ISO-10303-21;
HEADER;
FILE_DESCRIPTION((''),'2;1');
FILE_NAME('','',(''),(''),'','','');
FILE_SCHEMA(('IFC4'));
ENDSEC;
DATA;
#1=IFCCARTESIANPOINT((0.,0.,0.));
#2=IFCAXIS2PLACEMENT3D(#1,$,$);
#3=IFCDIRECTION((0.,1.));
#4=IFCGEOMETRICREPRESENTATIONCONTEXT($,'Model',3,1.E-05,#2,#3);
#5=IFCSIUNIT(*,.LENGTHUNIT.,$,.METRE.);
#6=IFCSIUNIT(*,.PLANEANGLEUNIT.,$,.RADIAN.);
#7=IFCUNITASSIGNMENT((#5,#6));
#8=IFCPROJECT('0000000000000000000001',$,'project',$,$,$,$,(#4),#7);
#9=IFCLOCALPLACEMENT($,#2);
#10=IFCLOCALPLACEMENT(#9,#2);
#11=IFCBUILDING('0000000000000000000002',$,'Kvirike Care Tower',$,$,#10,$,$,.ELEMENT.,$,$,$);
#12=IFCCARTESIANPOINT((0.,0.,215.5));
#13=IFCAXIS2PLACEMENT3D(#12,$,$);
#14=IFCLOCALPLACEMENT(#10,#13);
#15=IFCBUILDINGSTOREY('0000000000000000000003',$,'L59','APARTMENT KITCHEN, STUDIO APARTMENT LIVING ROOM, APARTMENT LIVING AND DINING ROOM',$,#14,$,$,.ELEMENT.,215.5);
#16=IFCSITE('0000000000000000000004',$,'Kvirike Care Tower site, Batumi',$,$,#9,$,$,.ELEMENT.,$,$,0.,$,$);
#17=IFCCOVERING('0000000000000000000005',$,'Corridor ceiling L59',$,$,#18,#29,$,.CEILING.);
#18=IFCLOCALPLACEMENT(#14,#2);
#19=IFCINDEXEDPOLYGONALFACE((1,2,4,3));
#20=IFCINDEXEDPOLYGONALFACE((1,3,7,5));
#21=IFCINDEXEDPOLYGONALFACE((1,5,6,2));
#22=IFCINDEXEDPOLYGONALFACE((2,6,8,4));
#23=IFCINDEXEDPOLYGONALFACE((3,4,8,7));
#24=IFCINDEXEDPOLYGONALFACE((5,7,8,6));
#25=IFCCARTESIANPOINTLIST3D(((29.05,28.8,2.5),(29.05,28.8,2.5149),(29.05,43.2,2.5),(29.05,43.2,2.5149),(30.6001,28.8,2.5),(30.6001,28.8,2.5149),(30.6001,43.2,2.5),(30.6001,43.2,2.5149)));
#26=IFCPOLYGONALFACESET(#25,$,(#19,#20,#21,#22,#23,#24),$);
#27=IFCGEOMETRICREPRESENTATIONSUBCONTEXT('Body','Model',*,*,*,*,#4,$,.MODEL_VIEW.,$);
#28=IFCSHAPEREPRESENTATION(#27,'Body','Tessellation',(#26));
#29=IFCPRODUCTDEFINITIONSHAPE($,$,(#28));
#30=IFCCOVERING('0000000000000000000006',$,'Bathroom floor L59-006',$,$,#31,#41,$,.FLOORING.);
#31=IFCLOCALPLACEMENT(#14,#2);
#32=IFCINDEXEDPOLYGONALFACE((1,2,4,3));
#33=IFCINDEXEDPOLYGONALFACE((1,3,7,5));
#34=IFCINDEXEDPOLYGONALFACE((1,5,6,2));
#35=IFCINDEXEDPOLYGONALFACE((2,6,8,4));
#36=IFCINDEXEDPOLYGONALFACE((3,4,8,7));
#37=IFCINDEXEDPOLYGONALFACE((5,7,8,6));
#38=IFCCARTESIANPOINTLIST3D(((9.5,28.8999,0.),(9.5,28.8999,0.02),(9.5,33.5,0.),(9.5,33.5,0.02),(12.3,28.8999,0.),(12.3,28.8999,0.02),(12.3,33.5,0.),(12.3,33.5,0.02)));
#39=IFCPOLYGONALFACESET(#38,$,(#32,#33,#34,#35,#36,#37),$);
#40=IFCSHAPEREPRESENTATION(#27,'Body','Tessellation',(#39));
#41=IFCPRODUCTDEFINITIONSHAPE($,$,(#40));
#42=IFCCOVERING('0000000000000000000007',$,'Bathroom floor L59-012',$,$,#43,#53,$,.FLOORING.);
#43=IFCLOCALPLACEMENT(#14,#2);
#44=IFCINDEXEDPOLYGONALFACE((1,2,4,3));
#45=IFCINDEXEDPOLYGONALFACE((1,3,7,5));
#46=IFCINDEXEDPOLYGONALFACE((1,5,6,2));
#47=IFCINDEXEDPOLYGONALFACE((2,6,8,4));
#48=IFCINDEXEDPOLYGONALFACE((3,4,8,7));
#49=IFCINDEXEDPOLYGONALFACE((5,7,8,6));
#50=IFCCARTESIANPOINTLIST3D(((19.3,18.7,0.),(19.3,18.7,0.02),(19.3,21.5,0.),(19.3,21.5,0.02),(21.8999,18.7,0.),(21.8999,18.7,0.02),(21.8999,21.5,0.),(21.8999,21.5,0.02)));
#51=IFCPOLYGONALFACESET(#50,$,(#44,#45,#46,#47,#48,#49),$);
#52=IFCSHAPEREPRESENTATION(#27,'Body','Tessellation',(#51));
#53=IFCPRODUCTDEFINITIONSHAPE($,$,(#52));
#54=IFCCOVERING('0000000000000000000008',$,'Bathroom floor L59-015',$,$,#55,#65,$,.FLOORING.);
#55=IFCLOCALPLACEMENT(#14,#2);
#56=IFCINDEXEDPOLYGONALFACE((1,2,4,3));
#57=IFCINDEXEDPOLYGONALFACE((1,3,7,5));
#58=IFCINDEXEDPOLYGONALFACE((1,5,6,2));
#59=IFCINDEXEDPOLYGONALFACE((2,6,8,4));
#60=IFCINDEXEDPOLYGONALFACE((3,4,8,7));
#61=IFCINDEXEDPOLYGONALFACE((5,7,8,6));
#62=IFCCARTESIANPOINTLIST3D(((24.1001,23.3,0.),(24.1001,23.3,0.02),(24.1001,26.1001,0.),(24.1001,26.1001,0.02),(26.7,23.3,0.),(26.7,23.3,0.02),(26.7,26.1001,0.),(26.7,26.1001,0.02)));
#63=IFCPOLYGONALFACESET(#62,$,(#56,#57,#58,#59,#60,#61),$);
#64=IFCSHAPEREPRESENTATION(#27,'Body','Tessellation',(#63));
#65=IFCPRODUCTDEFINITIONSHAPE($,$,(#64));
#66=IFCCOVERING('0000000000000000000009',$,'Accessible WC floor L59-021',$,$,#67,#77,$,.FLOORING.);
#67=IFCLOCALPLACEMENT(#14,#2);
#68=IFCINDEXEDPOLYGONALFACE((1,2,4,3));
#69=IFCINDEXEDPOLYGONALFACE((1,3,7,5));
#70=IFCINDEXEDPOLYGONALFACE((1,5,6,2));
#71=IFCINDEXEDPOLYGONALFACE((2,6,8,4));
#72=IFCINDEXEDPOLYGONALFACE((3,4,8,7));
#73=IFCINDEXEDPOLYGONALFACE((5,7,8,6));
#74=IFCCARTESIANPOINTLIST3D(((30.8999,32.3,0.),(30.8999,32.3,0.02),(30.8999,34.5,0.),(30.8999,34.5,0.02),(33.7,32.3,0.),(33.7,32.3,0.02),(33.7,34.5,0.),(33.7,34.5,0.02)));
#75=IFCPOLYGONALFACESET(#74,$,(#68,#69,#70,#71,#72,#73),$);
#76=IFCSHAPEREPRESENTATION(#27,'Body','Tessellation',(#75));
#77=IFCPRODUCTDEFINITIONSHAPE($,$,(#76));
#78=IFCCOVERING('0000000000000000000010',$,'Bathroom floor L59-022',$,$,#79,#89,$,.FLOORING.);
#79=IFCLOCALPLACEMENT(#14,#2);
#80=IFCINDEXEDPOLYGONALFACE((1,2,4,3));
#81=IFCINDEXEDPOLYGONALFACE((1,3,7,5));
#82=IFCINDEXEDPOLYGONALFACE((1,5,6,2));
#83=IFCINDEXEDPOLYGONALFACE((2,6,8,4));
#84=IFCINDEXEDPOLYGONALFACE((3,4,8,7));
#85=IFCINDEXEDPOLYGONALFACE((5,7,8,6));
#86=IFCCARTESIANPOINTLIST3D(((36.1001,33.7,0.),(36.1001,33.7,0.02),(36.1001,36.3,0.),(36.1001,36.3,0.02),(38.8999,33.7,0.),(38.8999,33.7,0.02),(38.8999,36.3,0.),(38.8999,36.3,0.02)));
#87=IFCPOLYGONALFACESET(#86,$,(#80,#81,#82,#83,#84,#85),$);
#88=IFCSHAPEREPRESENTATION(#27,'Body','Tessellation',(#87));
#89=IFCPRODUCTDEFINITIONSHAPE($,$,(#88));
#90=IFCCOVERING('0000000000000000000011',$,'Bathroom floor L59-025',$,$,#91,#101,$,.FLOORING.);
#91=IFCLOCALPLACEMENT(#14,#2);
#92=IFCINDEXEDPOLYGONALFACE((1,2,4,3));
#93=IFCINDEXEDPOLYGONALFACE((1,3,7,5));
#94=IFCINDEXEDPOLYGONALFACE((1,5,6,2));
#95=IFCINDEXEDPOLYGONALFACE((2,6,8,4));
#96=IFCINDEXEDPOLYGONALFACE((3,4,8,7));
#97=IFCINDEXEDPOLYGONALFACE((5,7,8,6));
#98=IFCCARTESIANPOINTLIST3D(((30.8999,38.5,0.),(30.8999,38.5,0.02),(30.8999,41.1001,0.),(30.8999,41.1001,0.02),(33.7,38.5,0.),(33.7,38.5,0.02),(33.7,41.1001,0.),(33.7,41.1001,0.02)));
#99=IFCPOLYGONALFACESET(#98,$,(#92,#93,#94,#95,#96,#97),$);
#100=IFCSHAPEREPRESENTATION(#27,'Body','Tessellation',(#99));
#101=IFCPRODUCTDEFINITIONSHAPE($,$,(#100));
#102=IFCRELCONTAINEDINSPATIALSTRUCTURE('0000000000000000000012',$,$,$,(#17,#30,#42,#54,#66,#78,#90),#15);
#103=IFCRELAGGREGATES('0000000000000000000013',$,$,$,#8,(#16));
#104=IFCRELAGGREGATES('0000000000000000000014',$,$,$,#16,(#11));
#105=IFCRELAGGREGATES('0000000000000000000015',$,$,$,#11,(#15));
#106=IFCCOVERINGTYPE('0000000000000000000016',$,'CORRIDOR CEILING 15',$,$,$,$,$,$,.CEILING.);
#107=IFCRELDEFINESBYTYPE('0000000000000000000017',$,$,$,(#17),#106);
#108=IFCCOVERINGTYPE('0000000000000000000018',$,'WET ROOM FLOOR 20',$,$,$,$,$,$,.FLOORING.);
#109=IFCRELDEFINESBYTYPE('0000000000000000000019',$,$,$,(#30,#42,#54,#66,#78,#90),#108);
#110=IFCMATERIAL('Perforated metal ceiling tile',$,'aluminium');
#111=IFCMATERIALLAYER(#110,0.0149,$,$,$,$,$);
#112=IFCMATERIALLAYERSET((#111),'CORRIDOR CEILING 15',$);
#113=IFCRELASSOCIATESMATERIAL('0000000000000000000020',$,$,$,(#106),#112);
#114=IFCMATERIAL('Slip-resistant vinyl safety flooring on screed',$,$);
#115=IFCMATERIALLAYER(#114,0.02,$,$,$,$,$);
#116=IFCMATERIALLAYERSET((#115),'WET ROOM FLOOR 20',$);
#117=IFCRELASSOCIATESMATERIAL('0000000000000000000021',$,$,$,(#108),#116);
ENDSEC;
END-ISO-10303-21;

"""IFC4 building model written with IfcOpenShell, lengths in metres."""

from ifc_helpers import new_model, si_unit, direction, frame, origin, place, context, subcontext, project, spatial, polyline, outline, extrude, material, layer, layer_set, type_object, element, save


model = new_model("IFC4")

# Units and contexts
model_context = context("Model", 3, precision=1e-05, world=origin(), true_north=direction((0.0, 1.0)))
body_context = subcontext(model_context, "Body", "Model", "MODEL_VIEW")
ifc_project = project(units=[si_unit("LENGTHUNIT", "METRE"), si_unit("PLANEANGLEUNIT", "RADIAN")], contexts=[model_context])

# Site, building, storey
site_placement = place(None, origin())
site = spatial("IfcSite", under=ifc_project, at=site_placement, Name="Kvirike Care Tower site, Batumi", CompositionType="ELEMENT", RefElevation=0.0)
building_placement = place(site_placement, origin())
building = spatial("IfcBuilding", under=site, at=building_placement, Name="Kvirike Care Tower", CompositionType="ELEMENT")
storey_placement = place(building_placement, frame((0.0, 0.0, 215.5)))
storey = spatial("IfcBuildingStorey", under=building, at=storey_placement, Name="L59", Description="APARTMENT KITCHEN, STUDIO APARTMENT LIVING ROOM, APARTMENT LIVING AND DINING ROOM", CompositionType="ELEMENT", Elevation=215.5)

# Coverings
ifc_material_1 = material(Name="Perforated metal ceiling tile", Category="aluminium")
ifc_layer_1 = layer(ifc_material_1, 0.0149)
ifc_layer_set_1 = layer_set([ifc_layer_1], Name="CORRIDOR CEILING 15")
covering_type_1 = type_object("IfcCoveringType", Name="CORRIDOR CEILING 15", PredefinedType="CEILING", material=ifc_layer_set_1)
covering_1_placement = place(storey_placement, frame((0.0, 0.0, 2.5)))
element("IfcCovering", 1, at=covering_1_placement, inside=storey, type_object=covering_type_1, Name="Corridor ceiling L59", PredefinedType="CEILING", context=body_context, shape_type="SweptSolid", body=[
    extrude(outline(polyline([(30.6001, 28.8), (29.05, 28.8), (29.05, 43.2), (30.6001, 43.2), (30.6001, 28.8)])), origin(), (0.0, 0.0, 1.0), 0.0149),
])
ifc_material_2 = material(Name="Slip-resistant vinyl safety flooring on screed")
ifc_layer_2 = layer(ifc_material_2, 0.02)
ifc_layer_set_2 = layer_set([ifc_layer_2], Name="WET ROOM FLOOR 20")
covering_type_2 = type_object("IfcCoveringType", Name="WET ROOM FLOOR 20", PredefinedType="FLOORING", material=ifc_layer_set_2)
covering_2_placement = place(storey_placement, origin())
element("IfcCovering", 2, at=covering_2_placement, inside=storey, type_object=covering_type_2, Name="Bathroom floor L59-006", PredefinedType="FLOORING", context=body_context, shape_type="SweptSolid", body=[
    extrude(outline(polyline([(9.5, 33.5), (12.3, 33.5), (12.3, 28.8999), (9.5, 28.8999), (9.5, 33.5)])), origin(), (0.0, 0.0, 1.0), 0.02),
])
covering_3_placement = place(storey_placement, origin())
element("IfcCovering", 3, at=covering_3_placement, inside=storey, type_object=covering_type_2, Name="Bathroom floor L59-012", PredefinedType="FLOORING", context=body_context, shape_type="SweptSolid", body=[
    extrude(outline(polyline([(19.3, 18.7), (19.3, 21.5), (21.8999, 21.5), (21.8999, 18.7), (19.3, 18.7)])), origin(), (0.0, 0.0, 1.0), 0.02),
])
covering_4_placement = place(storey_placement, origin())
element("IfcCovering", 4, at=covering_4_placement, inside=storey, type_object=covering_type_2, Name="Bathroom floor L59-015", PredefinedType="FLOORING", context=body_context, shape_type="SweptSolid", body=[
    extrude(outline(polyline([(24.1001, 23.3), (24.1001, 26.1001), (26.7, 26.1001), (26.7, 23.3), (24.1001, 23.3)])), origin(), (0.0, 0.0, 1.0), 0.02),
])
covering_5_placement = place(storey_placement, origin())
element("IfcCovering", 5, at=covering_5_placement, inside=storey, type_object=covering_type_2, Name="Accessible WC floor L59-021", PredefinedType="FLOORING", context=body_context, shape_type="SweptSolid", body=[
    extrude(outline(polyline([(33.7, 32.3), (30.8999, 32.3), (30.8999, 34.5), (33.7, 34.5), (33.7, 32.3)])), origin(), (0.0, 0.0, 1.0), 0.02),
])
covering_6_placement = place(storey_placement, origin())
element("IfcCovering", 6, at=covering_6_placement, inside=storey, type_object=covering_type_2, Name="Bathroom floor L59-022", PredefinedType="FLOORING", context=body_context, shape_type="SweptSolid", body=[
    extrude(outline(polyline([(38.8999, 33.7), (36.1001, 33.7), (36.1001, 36.3), (38.8999, 36.3), (38.8999, 33.7)])), origin(), (0.0, 0.0, 1.0), 0.02),
])
covering_7_placement = place(storey_placement, origin())
element("IfcCovering", 7, at=covering_7_placement, inside=storey, type_object=covering_type_2, Name="Bathroom floor L59-025", PredefinedType="FLOORING", context=body_context, shape_type="SweptSolid", body=[
    extrude(outline(polyline([(33.7, 38.5), (30.8999, 38.5), (30.8999, 41.1001), (33.7, 41.1001), (33.7, 38.5)])), origin(), (0.0, 0.0, 1.0), 0.02),
])

save(model, "model.ifc")
